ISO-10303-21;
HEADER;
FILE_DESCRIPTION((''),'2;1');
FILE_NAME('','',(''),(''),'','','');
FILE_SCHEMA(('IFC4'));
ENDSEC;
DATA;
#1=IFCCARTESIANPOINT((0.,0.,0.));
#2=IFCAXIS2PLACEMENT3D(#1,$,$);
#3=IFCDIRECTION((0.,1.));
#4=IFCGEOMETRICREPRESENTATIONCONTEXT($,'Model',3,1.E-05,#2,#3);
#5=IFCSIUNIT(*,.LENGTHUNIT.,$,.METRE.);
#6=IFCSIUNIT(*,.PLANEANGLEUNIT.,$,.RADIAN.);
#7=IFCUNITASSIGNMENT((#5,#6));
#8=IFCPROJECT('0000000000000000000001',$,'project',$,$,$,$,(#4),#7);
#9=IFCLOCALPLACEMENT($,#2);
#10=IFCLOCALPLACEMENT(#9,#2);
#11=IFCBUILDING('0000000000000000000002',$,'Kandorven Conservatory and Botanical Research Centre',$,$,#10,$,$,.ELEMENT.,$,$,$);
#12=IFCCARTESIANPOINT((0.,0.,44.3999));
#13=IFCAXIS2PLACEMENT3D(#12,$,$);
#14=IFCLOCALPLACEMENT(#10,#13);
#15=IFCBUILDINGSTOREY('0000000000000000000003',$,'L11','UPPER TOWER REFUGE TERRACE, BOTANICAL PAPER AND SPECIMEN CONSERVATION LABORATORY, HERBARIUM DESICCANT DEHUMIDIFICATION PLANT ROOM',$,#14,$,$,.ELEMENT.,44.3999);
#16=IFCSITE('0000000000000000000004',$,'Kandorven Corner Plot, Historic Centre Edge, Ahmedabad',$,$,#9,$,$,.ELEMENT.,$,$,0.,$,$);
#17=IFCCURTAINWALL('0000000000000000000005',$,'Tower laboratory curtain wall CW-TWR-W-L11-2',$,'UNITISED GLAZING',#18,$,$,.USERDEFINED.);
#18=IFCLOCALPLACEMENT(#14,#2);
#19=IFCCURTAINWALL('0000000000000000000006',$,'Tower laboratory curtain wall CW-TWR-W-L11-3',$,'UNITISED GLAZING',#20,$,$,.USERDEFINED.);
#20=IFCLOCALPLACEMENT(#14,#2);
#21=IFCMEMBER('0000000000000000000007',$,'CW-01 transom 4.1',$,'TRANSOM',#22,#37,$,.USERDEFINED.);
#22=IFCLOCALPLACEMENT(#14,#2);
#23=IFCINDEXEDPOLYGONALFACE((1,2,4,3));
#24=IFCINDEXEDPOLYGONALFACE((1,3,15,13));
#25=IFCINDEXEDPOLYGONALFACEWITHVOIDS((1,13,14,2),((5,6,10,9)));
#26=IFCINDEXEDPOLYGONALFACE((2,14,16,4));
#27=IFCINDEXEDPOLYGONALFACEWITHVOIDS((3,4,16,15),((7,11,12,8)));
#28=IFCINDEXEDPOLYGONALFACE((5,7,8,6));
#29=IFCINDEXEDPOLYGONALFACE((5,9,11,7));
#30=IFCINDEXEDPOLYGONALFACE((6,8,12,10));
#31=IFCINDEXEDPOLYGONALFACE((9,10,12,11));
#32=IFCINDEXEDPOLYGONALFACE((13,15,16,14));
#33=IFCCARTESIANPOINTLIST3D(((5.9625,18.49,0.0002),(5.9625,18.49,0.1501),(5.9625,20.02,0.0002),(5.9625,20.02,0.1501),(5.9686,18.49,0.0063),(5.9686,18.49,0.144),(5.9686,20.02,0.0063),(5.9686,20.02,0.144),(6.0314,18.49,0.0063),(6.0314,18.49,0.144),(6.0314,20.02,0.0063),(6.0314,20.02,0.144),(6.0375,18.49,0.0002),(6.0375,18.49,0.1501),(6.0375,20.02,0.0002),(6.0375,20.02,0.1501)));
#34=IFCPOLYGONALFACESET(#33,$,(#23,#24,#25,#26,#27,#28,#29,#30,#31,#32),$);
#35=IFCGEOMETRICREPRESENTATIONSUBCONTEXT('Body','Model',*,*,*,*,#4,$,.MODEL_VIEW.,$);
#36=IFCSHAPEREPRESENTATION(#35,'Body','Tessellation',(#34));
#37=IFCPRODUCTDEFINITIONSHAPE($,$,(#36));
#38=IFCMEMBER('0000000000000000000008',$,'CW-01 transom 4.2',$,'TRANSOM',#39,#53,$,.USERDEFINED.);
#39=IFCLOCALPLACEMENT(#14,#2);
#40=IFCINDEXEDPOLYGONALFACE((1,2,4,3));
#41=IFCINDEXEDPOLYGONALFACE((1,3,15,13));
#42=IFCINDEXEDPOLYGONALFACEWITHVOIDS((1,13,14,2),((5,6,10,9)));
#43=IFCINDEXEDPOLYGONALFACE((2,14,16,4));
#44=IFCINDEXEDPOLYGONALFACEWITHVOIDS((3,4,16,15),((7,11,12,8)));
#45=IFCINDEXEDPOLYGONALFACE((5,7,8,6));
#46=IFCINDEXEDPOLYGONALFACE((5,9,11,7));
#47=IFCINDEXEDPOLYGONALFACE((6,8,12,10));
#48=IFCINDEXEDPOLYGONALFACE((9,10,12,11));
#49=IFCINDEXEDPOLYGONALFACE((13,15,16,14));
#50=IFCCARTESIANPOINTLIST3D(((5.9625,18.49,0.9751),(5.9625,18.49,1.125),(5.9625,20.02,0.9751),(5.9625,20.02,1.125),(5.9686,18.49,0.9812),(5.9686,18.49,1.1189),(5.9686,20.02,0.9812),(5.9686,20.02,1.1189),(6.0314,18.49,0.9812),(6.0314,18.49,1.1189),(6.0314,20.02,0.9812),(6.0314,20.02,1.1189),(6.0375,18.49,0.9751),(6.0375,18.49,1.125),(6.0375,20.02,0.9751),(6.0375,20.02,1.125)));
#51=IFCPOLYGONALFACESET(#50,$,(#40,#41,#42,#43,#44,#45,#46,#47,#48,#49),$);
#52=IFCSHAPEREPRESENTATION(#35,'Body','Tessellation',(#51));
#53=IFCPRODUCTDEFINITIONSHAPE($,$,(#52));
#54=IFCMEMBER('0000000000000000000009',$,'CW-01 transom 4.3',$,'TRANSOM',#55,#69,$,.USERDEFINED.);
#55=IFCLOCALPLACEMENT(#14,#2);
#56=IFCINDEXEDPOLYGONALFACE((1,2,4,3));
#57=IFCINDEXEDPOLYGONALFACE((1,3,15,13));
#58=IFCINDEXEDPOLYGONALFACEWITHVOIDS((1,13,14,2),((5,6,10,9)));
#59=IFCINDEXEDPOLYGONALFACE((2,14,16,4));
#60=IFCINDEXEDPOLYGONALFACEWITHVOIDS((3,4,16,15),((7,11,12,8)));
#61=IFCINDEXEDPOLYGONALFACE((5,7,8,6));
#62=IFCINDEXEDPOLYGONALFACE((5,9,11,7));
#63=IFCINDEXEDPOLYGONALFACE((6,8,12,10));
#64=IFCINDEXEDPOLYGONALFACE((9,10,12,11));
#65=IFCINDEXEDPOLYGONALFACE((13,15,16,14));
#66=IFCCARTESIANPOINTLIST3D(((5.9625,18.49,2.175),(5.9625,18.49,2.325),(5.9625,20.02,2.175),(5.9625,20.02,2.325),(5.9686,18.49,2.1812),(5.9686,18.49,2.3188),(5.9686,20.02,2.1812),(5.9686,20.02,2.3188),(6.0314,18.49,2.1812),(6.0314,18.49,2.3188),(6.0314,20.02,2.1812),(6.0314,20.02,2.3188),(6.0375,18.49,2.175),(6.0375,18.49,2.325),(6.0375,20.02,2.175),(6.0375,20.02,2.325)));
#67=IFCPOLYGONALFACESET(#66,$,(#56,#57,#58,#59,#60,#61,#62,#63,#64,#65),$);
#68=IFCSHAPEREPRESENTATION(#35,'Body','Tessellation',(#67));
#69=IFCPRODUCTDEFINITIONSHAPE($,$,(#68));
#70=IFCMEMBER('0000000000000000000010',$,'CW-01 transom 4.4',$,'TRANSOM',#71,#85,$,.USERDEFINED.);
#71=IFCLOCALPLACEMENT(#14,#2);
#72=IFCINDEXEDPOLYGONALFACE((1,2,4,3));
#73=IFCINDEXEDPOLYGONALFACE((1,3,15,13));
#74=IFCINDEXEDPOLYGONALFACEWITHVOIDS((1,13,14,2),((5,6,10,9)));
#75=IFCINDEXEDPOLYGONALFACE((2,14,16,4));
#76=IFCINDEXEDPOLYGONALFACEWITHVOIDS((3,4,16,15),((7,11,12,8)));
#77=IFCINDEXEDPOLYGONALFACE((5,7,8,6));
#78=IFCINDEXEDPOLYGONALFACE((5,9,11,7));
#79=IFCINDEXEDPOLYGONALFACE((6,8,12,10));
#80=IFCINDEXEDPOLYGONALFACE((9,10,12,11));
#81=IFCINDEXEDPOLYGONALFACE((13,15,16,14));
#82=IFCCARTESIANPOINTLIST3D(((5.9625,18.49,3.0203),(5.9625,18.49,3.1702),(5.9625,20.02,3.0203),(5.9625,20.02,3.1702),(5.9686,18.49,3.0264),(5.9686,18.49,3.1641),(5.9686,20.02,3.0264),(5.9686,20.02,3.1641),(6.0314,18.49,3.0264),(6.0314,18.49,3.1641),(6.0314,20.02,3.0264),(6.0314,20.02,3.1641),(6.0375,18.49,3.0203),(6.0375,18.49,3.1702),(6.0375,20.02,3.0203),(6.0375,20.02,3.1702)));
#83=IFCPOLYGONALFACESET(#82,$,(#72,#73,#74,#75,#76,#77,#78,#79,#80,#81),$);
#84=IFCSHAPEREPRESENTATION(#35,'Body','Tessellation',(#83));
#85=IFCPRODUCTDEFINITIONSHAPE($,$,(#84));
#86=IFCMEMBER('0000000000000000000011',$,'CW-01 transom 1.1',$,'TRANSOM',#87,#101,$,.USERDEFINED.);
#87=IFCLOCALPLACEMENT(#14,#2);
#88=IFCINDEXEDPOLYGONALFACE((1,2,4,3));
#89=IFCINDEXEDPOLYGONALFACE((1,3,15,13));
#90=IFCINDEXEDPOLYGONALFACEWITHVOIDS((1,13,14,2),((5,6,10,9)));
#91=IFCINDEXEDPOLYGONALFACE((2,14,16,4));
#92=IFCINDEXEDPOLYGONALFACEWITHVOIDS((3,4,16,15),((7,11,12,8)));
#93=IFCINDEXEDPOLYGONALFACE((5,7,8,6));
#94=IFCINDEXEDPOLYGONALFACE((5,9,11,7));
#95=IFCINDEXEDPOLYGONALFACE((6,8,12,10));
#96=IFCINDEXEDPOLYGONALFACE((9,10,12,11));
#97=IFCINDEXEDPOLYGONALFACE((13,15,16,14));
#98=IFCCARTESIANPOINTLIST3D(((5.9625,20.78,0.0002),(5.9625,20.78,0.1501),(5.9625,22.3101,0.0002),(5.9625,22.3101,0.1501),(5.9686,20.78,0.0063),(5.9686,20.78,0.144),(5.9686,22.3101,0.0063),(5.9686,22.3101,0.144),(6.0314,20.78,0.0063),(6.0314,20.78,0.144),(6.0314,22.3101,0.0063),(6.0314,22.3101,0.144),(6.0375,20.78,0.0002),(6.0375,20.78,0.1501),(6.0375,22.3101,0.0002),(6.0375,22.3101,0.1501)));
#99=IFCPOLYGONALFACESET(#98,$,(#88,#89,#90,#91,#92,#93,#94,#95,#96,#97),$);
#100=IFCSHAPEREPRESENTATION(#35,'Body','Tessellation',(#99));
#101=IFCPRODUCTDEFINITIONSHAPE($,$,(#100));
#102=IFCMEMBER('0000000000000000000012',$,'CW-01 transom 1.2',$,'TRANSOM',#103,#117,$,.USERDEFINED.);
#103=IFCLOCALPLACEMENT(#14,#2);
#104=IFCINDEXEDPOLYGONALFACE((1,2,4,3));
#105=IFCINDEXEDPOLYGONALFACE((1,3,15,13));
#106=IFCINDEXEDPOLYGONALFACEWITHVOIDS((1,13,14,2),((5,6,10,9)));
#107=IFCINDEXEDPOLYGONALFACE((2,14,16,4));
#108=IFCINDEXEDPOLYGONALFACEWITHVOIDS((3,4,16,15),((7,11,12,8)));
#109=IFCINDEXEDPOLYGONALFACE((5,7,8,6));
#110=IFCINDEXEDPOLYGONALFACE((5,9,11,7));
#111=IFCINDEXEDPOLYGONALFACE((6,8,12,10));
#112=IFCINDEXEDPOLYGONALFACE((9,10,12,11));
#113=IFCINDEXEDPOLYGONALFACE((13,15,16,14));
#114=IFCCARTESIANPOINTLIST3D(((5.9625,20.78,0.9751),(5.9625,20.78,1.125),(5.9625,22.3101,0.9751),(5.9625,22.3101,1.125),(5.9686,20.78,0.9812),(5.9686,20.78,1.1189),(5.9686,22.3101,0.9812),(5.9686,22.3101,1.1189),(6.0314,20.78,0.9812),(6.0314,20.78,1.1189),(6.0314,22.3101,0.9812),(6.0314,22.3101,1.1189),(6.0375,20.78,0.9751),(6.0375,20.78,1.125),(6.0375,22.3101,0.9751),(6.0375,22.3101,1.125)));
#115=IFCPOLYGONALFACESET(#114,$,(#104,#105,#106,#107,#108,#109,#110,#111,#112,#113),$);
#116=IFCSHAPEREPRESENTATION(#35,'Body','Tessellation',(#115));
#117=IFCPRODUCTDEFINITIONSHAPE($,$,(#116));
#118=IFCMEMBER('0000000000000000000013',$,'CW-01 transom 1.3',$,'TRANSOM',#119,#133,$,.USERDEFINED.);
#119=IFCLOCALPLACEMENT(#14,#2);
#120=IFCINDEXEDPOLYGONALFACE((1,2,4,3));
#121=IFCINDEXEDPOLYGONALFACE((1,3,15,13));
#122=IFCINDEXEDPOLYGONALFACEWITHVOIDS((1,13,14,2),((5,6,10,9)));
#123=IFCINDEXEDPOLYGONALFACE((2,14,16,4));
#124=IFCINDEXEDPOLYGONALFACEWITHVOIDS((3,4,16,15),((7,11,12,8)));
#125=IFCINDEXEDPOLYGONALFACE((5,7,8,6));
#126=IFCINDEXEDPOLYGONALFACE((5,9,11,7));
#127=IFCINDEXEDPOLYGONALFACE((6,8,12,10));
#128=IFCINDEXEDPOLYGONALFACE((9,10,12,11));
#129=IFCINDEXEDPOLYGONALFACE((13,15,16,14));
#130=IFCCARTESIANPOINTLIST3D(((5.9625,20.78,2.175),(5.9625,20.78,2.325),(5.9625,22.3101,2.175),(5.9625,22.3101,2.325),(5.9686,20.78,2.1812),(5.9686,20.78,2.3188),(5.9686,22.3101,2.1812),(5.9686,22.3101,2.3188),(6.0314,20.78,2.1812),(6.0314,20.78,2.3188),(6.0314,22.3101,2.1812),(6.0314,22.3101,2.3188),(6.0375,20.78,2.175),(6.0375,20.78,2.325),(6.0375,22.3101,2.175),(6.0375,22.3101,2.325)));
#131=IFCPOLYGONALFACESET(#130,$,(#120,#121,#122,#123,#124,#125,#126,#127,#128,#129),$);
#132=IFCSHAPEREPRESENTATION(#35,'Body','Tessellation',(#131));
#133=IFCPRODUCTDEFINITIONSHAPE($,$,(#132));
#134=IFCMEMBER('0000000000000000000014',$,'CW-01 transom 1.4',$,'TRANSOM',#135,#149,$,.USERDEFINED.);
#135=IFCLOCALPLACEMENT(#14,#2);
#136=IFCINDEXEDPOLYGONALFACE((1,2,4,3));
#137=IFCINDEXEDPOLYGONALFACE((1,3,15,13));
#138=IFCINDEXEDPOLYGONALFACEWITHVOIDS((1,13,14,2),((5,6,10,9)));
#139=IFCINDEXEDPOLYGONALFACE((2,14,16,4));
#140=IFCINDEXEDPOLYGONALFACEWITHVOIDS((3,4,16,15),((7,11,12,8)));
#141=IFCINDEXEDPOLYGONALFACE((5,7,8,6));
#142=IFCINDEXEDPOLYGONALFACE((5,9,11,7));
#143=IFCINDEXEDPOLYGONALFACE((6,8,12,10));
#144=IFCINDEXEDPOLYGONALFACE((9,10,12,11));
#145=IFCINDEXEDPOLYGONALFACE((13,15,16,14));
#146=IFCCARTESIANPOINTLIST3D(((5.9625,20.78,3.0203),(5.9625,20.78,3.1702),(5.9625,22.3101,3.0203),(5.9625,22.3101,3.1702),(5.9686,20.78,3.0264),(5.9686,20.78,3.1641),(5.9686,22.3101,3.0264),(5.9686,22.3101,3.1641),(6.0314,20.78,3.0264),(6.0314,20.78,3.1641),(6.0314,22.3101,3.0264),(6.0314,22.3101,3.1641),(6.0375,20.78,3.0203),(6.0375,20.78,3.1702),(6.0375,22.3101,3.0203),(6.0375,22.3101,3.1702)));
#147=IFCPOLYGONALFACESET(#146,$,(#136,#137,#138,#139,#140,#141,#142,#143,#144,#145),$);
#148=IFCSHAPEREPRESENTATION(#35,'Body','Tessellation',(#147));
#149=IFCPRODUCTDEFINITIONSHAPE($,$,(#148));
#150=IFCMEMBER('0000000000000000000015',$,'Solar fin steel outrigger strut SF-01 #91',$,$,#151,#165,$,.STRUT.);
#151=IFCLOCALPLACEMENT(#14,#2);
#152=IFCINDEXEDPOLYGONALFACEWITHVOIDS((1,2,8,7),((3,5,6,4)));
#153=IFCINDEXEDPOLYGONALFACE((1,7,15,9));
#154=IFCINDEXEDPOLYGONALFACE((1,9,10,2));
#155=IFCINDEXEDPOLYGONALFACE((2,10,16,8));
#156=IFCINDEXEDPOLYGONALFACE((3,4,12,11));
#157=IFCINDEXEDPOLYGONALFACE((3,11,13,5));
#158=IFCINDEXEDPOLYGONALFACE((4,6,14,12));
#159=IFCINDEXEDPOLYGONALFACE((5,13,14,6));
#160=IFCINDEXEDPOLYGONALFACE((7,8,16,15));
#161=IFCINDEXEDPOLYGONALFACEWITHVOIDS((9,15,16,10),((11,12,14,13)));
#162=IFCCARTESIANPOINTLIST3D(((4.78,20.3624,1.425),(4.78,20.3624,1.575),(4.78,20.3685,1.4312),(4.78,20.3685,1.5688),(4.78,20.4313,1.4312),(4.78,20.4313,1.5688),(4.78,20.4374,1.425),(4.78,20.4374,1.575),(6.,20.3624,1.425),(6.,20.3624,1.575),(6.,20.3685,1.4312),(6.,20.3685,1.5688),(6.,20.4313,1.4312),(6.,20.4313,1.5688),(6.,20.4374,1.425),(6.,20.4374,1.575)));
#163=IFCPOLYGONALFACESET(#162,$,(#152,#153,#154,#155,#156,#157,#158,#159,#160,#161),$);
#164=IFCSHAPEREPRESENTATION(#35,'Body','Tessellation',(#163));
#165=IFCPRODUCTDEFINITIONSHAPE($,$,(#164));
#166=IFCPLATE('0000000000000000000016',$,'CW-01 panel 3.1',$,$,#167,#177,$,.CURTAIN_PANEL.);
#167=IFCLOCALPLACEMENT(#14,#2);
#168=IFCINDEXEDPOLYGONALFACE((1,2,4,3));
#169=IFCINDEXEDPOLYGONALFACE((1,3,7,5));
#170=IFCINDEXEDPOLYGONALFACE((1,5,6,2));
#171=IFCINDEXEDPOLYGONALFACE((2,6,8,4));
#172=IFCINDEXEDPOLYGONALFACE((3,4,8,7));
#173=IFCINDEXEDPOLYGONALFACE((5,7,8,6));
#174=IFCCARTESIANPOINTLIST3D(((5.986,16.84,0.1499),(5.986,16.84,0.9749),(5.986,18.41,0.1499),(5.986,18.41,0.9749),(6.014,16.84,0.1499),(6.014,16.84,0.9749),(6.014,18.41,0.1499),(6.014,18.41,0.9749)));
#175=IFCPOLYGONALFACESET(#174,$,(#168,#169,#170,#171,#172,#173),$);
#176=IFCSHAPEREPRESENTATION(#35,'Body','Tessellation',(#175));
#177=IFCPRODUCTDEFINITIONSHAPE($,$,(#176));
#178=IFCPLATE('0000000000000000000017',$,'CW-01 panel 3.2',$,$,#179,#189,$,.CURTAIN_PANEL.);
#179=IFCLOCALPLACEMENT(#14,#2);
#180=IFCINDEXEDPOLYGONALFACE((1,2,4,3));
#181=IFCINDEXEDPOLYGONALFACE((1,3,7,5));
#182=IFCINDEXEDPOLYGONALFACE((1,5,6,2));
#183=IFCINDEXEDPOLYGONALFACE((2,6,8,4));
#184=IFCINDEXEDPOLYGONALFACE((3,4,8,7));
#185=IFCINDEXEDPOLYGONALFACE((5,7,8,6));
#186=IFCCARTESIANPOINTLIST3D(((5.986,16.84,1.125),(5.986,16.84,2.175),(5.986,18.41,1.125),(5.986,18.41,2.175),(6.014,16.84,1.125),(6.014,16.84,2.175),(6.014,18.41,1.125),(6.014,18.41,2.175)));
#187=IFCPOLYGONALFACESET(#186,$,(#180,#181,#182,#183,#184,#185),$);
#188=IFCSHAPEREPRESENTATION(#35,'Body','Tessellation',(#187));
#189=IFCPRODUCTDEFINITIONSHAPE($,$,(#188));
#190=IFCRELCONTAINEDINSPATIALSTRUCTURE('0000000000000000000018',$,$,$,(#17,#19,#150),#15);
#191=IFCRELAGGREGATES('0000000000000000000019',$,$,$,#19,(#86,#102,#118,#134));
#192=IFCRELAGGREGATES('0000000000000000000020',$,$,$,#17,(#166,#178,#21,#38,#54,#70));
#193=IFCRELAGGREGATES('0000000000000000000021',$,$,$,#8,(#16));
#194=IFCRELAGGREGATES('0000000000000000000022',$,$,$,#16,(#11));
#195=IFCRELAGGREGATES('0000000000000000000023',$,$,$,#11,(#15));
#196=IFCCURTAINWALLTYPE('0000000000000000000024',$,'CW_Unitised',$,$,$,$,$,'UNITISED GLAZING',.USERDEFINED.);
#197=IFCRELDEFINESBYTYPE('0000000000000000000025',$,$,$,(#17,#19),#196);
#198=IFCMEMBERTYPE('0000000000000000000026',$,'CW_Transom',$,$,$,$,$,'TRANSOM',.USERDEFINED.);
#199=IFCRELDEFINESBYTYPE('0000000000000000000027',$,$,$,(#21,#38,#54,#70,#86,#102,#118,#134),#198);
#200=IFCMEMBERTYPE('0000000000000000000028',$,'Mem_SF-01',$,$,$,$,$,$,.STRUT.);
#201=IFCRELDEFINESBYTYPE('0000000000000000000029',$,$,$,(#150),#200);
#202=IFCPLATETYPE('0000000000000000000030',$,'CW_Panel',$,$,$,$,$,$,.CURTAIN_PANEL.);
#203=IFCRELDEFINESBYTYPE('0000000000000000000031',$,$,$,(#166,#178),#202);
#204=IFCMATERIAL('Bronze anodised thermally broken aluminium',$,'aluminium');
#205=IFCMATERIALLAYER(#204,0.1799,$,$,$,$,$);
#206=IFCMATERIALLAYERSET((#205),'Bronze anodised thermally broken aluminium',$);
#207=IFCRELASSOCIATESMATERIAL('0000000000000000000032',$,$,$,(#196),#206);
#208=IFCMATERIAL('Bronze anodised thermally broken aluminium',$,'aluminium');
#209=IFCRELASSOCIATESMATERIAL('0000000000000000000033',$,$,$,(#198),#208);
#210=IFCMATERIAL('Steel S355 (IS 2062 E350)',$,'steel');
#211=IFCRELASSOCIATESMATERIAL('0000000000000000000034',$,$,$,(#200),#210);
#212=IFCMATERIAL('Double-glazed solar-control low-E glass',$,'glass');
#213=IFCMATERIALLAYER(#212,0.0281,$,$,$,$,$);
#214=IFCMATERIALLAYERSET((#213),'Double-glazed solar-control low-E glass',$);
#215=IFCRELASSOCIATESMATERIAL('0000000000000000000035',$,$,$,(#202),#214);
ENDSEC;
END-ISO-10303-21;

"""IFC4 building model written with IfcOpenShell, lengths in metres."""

from ifc_helpers import new_model, si_unit, direction, frame, origin, origin_2d, place, context, subcontext, project, spatial, rectangle, hollow_rectangle, extrude, material, layer, layer_set, material_profile, profile_set, type_object, element, aggregate, save


model = new_model("IFC4")

# Units and contexts
model_context = context("Model", 3, precision=1e-05, world=origin(), true_north=direction((0.0, 1.0)))
body_context = subcontext(model_context, "Body", "Model", "MODEL_VIEW")
ifc_project = project(units=[si_unit("LENGTHUNIT", "METRE"), si_unit("PLANEANGLEUNIT", "RADIAN")], contexts=[model_context])

# Site, building, storey
site_placement = place(None, origin())
site = spatial("IfcSite", under=ifc_project, at=site_placement, Name="Kandorven Corner Plot, Historic Centre Edge, Ahmedabad", CompositionType="ELEMENT", RefElevation=0.0)
building_placement = place(site_placement, origin())
building = spatial("IfcBuilding", under=site, at=building_placement, Name="Kandorven Conservatory and Botanical Research Centre", CompositionType="ELEMENT")
storey_placement = place(building_placement, frame((0.0, 0.0, 44.3999)))
storey = spatial("IfcBuildingStorey", under=building, at=storey_placement, Name="L11", Description="UPPER TOWER REFUGE TERRACE, BOTANICAL PAPER AND SPECIMEN CONSERVATION LABORATORY, HERBARIUM DESICCANT DEHUMIDIFICATION PLANT ROOM", CompositionType="ELEMENT", Elevation=44.3999)

# Curtain wall
ifc_material_1 = material(Name="Bronze anodised thermally broken aluminium", Category="aluminium")
ifc_layer_1 = layer(ifc_material_1, 0.1799)
ifc_layer_set_1 = layer_set([ifc_layer_1], Name="Bronze anodised thermally broken aluminium")
curtain_wall_type = type_object("IfcCurtainWallType", Name="CW_Unitised", ElementType="UNITISED GLAZING", PredefinedType="USERDEFINED", material=ifc_layer_set_1)
curtain_wall_1_placement = place(storey_placement, origin())
curtain_wall_1 = element("IfcCurtainWall", 1, at=curtain_wall_1_placement, inside=storey, type_object=curtain_wall_type, Name="Tower laboratory curtain wall CW-TWR-W-L11-2", ObjectType="UNITISED GLAZING", PredefinedType="USERDEFINED")

# Curtain wall
curtain_wall_2_placement = place(storey_placement, origin())
curtain_wall_2 = element("IfcCurtainWall", 2, at=curtain_wall_2_placement, inside=storey, type_object=curtain_wall_type, Name="Tower laboratory curtain wall CW-TWR-W-L11-3", ObjectType="UNITISED GLAZING", PredefinedType="USERDEFINED")

# Members
ifc_material_2 = material(Name="Bronze anodised thermally broken aluminium", Category="aluminium")
ifc_material_profile_1 = material_profile(ifc_material_2, hollow_rectangle(XDim=0.075, YDim=0.1499, WallThickness=0.0061, at=origin_2d()))
ifc_profile_set_1 = profile_set([ifc_material_profile_1], Name="Bronze anodised thermally broken aluminium")
member_type_1 = type_object("IfcMemberType", Name="CW_Transom", ElementType="TRANSOM", PredefinedType="USERDEFINED", material=ifc_profile_set_1)
member_1_placement = place(storey_placement, frame((6.0, 18.49, 0.0752), z_axis=(0.0, 1.0, 0.0), x_axis=(-1.0, 0.0, 0.0)))
member_1 = element("IfcMember", 3, at=member_1_placement, type_object=member_type_1, Name="CW-01 transom 4.1", ObjectType="TRANSOM", PredefinedType="USERDEFINED", context=body_context, shape_type="SweptSolid", body=[
    extrude(hollow_rectangle(XDim=0.075, YDim=0.1499, WallThickness=0.0061, at=origin_2d()), origin(), (0.0, 0.0, 1.0), 1.53),
])
member_2_placement = place(storey_placement, frame((6.0, 18.49, 1.05), z_axis=(0.0, 1.0, 0.0), x_axis=(-1.0, 0.0, 0.0)))
member_2 = element("IfcMember", 4, at=member_2_placement, type_object=member_type_1, Name="CW-01 transom 4.2", ObjectType="TRANSOM", PredefinedType="USERDEFINED", context=body_context, shape_type="SweptSolid", body=[
    extrude(hollow_rectangle(XDim=0.075, YDim=0.1499, WallThickness=0.0061, at=origin_2d()), origin(), (0.0, 0.0, 1.0), 1.53),
])
member_3_placement = place(storey_placement, frame((6.0, 18.49, 2.25), z_axis=(0.0, 1.0, 0.0), x_axis=(-1.0, 0.0, 0.0)))
member_3 = element("IfcMember", 5, at=member_3_placement, type_object=member_type_1, Name="CW-01 transom 4.3", ObjectType="TRANSOM", PredefinedType="USERDEFINED", context=body_context, shape_type="SweptSolid", body=[
    extrude(hollow_rectangle(XDim=0.075, YDim=0.1499, WallThickness=0.0061, at=origin_2d()), origin(), (0.0, 0.0, 1.0), 1.53),
])
member_4_placement = place(storey_placement, frame((6.0, 18.49, 3.0952), z_axis=(0.0, 1.0, 0.0), x_axis=(-1.0, 0.0, 0.0)))
member_4 = element("IfcMember", 6, at=member_4_placement, type_object=member_type_1, Name="CW-01 transom 4.4", ObjectType="TRANSOM", PredefinedType="USERDEFINED", context=body_context, shape_type="SweptSolid", body=[
    extrude(hollow_rectangle(XDim=0.075, YDim=0.1499, WallThickness=0.0061, at=origin_2d()), origin(), (0.0, 0.0, 1.0), 1.53),
])
member_5_placement = place(storey_placement, frame((6.0, 20.78, 0.0752), z_axis=(0.0, 1.0, 0.0), x_axis=(-1.0, 0.0, 0.0)))
member_5 = element("IfcMember", 7, at=member_5_placement, type_object=member_type_1, Name="CW-01 transom 1.1", ObjectType="TRANSOM", PredefinedType="USERDEFINED", context=body_context, shape_type="SweptSolid", body=[
    extrude(hollow_rectangle(XDim=0.075, YDim=0.1499, WallThickness=0.0061, at=origin_2d()), origin(), (0.0, 0.0, 1.0), 1.53),
])
member_6_placement = place(storey_placement, frame((6.0, 20.78, 1.05), z_axis=(0.0, 1.0, 0.0), x_axis=(-1.0, 0.0, 0.0)))
member_6 = element("IfcMember", 8, at=member_6_placement, type_object=member_type_1, Name="CW-01 transom 1.2", ObjectType="TRANSOM", PredefinedType="USERDEFINED", context=body_context, shape_type="SweptSolid", body=[
    extrude(hollow_rectangle(XDim=0.075, YDim=0.1499, WallThickness=0.0061, at=origin_2d()), origin(), (0.0, 0.0, 1.0), 1.53),
])
member_7_placement = place(storey_placement, frame((6.0, 20.78, 2.25), z_axis=(0.0, 1.0, 0.0), x_axis=(-1.0, 0.0, 0.0)))
member_7 = element("IfcMember", 9, at=member_7_placement, type_object=member_type_1, Name="CW-01 transom 1.3", ObjectType="TRANSOM", PredefinedType="USERDEFINED", context=body_context, shape_type="SweptSolid", body=[
    extrude(hollow_rectangle(XDim=0.075, YDim=0.1499, WallThickness=0.0061, at=origin_2d()), origin(), (0.0, 0.0, 1.0), 1.53),
])
member_8_placement = place(storey_placement, frame((6.0, 20.78, 3.0952), z_axis=(0.0, 1.0, 0.0), x_axis=(-1.0, 0.0, 0.0)))
member_8 = element("IfcMember", 10, at=member_8_placement, type_object=member_type_1, Name="CW-01 transom 1.4", ObjectType="TRANSOM", PredefinedType="USERDEFINED", context=body_context, shape_type="SweptSolid", body=[
    extrude(hollow_rectangle(XDim=0.075, YDim=0.1499, WallThickness=0.0061, at=origin_2d()), origin(), (0.0, 0.0, 1.0), 1.53),
])
aggregate(curtain_wall_2, [member_5, member_6, member_7, member_8])
ifc_material_3 = material(Name="Steel S355 (IS 2062 E350)", Category="steel")
ifc_material_profile_2 = material_profile(ifc_material_3, hollow_rectangle(XDim=0.075, YDim=0.1499, WallThickness=0.0061, at=origin_2d()))
ifc_profile_set_2 = profile_set([ifc_material_profile_2], Name="Steel S355 (IS 2062 E350)")
member_type_2 = type_object("IfcMemberType", Name="Mem_SF-01", PredefinedType="STRUT", material=ifc_profile_set_2)
member_9_placement = place(storey_placement, frame((6.0, 20.3999, 1.5), z_axis=(-1.0, 0.0, 0.0), x_axis=(0.0, -1.0, 0.0)))
element("IfcMember", 11, at=member_9_placement, inside=storey, type_object=member_type_2, Name="Solar fin steel outrigger strut SF-01 #91", PredefinedType="STRUT", context=body_context, shape_type="SweptSolid", body=[
    extrude(hollow_rectangle(XDim=0.075, YDim=0.1499, WallThickness=0.0061, at=origin_2d()), origin(), (0.0, 0.0, 1.0), 1.22),
])

# Plates
ifc_material_4 = material(Name="Double-glazed solar-control low-E glass", Category="glass")
ifc_layer_2 = layer(ifc_material_4, 0.0281)
ifc_layer_set_2 = layer_set([ifc_layer_2], Name="Double-glazed solar-control low-E glass")
plate_type_1 = type_object("IfcPlateType", Name="CW_Panel", PredefinedType="CURTAIN_PANEL", material=ifc_layer_set_2)
plate_1_placement = place(storey_placement, frame((6.0, 17.625, 0.1499), z_axis=(0.0, 0.0, 1.0), x_axis=(0.0, 1.0, 0.0)))
plate_1 = element("IfcPlate", 12, at=plate_1_placement, type_object=plate_type_1, Name="CW-01 panel 3.1", PredefinedType="CURTAIN_PANEL", context=body_context, shape_type="SweptSolid", body=[
    extrude(rectangle(XDim=1.5701, YDim=0.0281, at=origin_2d()), origin(), (0.0, 0.0, 1.0), 0.825),
])
plate_2_placement = place(storey_placement, frame((6.0, 17.625, 1.125), z_axis=(0.0, 0.0, 1.0), x_axis=(0.0, 1.0, 0.0)))
plate_2 = element("IfcPlate", 13, at=plate_2_placement, type_object=plate_type_1, Name="CW-01 panel 3.2", PredefinedType="CURTAIN_PANEL", context=body_context, shape_type="SweptSolid", body=[
    extrude(rectangle(XDim=1.5701, YDim=0.0281, at=origin_2d()), origin(), (0.0, 0.0, 1.0), 1.05),
])
aggregate(curtain_wall_1, [plate_1, plate_2, member_1, member_2, member_3, member_4])

save(model, "model.ifc")
